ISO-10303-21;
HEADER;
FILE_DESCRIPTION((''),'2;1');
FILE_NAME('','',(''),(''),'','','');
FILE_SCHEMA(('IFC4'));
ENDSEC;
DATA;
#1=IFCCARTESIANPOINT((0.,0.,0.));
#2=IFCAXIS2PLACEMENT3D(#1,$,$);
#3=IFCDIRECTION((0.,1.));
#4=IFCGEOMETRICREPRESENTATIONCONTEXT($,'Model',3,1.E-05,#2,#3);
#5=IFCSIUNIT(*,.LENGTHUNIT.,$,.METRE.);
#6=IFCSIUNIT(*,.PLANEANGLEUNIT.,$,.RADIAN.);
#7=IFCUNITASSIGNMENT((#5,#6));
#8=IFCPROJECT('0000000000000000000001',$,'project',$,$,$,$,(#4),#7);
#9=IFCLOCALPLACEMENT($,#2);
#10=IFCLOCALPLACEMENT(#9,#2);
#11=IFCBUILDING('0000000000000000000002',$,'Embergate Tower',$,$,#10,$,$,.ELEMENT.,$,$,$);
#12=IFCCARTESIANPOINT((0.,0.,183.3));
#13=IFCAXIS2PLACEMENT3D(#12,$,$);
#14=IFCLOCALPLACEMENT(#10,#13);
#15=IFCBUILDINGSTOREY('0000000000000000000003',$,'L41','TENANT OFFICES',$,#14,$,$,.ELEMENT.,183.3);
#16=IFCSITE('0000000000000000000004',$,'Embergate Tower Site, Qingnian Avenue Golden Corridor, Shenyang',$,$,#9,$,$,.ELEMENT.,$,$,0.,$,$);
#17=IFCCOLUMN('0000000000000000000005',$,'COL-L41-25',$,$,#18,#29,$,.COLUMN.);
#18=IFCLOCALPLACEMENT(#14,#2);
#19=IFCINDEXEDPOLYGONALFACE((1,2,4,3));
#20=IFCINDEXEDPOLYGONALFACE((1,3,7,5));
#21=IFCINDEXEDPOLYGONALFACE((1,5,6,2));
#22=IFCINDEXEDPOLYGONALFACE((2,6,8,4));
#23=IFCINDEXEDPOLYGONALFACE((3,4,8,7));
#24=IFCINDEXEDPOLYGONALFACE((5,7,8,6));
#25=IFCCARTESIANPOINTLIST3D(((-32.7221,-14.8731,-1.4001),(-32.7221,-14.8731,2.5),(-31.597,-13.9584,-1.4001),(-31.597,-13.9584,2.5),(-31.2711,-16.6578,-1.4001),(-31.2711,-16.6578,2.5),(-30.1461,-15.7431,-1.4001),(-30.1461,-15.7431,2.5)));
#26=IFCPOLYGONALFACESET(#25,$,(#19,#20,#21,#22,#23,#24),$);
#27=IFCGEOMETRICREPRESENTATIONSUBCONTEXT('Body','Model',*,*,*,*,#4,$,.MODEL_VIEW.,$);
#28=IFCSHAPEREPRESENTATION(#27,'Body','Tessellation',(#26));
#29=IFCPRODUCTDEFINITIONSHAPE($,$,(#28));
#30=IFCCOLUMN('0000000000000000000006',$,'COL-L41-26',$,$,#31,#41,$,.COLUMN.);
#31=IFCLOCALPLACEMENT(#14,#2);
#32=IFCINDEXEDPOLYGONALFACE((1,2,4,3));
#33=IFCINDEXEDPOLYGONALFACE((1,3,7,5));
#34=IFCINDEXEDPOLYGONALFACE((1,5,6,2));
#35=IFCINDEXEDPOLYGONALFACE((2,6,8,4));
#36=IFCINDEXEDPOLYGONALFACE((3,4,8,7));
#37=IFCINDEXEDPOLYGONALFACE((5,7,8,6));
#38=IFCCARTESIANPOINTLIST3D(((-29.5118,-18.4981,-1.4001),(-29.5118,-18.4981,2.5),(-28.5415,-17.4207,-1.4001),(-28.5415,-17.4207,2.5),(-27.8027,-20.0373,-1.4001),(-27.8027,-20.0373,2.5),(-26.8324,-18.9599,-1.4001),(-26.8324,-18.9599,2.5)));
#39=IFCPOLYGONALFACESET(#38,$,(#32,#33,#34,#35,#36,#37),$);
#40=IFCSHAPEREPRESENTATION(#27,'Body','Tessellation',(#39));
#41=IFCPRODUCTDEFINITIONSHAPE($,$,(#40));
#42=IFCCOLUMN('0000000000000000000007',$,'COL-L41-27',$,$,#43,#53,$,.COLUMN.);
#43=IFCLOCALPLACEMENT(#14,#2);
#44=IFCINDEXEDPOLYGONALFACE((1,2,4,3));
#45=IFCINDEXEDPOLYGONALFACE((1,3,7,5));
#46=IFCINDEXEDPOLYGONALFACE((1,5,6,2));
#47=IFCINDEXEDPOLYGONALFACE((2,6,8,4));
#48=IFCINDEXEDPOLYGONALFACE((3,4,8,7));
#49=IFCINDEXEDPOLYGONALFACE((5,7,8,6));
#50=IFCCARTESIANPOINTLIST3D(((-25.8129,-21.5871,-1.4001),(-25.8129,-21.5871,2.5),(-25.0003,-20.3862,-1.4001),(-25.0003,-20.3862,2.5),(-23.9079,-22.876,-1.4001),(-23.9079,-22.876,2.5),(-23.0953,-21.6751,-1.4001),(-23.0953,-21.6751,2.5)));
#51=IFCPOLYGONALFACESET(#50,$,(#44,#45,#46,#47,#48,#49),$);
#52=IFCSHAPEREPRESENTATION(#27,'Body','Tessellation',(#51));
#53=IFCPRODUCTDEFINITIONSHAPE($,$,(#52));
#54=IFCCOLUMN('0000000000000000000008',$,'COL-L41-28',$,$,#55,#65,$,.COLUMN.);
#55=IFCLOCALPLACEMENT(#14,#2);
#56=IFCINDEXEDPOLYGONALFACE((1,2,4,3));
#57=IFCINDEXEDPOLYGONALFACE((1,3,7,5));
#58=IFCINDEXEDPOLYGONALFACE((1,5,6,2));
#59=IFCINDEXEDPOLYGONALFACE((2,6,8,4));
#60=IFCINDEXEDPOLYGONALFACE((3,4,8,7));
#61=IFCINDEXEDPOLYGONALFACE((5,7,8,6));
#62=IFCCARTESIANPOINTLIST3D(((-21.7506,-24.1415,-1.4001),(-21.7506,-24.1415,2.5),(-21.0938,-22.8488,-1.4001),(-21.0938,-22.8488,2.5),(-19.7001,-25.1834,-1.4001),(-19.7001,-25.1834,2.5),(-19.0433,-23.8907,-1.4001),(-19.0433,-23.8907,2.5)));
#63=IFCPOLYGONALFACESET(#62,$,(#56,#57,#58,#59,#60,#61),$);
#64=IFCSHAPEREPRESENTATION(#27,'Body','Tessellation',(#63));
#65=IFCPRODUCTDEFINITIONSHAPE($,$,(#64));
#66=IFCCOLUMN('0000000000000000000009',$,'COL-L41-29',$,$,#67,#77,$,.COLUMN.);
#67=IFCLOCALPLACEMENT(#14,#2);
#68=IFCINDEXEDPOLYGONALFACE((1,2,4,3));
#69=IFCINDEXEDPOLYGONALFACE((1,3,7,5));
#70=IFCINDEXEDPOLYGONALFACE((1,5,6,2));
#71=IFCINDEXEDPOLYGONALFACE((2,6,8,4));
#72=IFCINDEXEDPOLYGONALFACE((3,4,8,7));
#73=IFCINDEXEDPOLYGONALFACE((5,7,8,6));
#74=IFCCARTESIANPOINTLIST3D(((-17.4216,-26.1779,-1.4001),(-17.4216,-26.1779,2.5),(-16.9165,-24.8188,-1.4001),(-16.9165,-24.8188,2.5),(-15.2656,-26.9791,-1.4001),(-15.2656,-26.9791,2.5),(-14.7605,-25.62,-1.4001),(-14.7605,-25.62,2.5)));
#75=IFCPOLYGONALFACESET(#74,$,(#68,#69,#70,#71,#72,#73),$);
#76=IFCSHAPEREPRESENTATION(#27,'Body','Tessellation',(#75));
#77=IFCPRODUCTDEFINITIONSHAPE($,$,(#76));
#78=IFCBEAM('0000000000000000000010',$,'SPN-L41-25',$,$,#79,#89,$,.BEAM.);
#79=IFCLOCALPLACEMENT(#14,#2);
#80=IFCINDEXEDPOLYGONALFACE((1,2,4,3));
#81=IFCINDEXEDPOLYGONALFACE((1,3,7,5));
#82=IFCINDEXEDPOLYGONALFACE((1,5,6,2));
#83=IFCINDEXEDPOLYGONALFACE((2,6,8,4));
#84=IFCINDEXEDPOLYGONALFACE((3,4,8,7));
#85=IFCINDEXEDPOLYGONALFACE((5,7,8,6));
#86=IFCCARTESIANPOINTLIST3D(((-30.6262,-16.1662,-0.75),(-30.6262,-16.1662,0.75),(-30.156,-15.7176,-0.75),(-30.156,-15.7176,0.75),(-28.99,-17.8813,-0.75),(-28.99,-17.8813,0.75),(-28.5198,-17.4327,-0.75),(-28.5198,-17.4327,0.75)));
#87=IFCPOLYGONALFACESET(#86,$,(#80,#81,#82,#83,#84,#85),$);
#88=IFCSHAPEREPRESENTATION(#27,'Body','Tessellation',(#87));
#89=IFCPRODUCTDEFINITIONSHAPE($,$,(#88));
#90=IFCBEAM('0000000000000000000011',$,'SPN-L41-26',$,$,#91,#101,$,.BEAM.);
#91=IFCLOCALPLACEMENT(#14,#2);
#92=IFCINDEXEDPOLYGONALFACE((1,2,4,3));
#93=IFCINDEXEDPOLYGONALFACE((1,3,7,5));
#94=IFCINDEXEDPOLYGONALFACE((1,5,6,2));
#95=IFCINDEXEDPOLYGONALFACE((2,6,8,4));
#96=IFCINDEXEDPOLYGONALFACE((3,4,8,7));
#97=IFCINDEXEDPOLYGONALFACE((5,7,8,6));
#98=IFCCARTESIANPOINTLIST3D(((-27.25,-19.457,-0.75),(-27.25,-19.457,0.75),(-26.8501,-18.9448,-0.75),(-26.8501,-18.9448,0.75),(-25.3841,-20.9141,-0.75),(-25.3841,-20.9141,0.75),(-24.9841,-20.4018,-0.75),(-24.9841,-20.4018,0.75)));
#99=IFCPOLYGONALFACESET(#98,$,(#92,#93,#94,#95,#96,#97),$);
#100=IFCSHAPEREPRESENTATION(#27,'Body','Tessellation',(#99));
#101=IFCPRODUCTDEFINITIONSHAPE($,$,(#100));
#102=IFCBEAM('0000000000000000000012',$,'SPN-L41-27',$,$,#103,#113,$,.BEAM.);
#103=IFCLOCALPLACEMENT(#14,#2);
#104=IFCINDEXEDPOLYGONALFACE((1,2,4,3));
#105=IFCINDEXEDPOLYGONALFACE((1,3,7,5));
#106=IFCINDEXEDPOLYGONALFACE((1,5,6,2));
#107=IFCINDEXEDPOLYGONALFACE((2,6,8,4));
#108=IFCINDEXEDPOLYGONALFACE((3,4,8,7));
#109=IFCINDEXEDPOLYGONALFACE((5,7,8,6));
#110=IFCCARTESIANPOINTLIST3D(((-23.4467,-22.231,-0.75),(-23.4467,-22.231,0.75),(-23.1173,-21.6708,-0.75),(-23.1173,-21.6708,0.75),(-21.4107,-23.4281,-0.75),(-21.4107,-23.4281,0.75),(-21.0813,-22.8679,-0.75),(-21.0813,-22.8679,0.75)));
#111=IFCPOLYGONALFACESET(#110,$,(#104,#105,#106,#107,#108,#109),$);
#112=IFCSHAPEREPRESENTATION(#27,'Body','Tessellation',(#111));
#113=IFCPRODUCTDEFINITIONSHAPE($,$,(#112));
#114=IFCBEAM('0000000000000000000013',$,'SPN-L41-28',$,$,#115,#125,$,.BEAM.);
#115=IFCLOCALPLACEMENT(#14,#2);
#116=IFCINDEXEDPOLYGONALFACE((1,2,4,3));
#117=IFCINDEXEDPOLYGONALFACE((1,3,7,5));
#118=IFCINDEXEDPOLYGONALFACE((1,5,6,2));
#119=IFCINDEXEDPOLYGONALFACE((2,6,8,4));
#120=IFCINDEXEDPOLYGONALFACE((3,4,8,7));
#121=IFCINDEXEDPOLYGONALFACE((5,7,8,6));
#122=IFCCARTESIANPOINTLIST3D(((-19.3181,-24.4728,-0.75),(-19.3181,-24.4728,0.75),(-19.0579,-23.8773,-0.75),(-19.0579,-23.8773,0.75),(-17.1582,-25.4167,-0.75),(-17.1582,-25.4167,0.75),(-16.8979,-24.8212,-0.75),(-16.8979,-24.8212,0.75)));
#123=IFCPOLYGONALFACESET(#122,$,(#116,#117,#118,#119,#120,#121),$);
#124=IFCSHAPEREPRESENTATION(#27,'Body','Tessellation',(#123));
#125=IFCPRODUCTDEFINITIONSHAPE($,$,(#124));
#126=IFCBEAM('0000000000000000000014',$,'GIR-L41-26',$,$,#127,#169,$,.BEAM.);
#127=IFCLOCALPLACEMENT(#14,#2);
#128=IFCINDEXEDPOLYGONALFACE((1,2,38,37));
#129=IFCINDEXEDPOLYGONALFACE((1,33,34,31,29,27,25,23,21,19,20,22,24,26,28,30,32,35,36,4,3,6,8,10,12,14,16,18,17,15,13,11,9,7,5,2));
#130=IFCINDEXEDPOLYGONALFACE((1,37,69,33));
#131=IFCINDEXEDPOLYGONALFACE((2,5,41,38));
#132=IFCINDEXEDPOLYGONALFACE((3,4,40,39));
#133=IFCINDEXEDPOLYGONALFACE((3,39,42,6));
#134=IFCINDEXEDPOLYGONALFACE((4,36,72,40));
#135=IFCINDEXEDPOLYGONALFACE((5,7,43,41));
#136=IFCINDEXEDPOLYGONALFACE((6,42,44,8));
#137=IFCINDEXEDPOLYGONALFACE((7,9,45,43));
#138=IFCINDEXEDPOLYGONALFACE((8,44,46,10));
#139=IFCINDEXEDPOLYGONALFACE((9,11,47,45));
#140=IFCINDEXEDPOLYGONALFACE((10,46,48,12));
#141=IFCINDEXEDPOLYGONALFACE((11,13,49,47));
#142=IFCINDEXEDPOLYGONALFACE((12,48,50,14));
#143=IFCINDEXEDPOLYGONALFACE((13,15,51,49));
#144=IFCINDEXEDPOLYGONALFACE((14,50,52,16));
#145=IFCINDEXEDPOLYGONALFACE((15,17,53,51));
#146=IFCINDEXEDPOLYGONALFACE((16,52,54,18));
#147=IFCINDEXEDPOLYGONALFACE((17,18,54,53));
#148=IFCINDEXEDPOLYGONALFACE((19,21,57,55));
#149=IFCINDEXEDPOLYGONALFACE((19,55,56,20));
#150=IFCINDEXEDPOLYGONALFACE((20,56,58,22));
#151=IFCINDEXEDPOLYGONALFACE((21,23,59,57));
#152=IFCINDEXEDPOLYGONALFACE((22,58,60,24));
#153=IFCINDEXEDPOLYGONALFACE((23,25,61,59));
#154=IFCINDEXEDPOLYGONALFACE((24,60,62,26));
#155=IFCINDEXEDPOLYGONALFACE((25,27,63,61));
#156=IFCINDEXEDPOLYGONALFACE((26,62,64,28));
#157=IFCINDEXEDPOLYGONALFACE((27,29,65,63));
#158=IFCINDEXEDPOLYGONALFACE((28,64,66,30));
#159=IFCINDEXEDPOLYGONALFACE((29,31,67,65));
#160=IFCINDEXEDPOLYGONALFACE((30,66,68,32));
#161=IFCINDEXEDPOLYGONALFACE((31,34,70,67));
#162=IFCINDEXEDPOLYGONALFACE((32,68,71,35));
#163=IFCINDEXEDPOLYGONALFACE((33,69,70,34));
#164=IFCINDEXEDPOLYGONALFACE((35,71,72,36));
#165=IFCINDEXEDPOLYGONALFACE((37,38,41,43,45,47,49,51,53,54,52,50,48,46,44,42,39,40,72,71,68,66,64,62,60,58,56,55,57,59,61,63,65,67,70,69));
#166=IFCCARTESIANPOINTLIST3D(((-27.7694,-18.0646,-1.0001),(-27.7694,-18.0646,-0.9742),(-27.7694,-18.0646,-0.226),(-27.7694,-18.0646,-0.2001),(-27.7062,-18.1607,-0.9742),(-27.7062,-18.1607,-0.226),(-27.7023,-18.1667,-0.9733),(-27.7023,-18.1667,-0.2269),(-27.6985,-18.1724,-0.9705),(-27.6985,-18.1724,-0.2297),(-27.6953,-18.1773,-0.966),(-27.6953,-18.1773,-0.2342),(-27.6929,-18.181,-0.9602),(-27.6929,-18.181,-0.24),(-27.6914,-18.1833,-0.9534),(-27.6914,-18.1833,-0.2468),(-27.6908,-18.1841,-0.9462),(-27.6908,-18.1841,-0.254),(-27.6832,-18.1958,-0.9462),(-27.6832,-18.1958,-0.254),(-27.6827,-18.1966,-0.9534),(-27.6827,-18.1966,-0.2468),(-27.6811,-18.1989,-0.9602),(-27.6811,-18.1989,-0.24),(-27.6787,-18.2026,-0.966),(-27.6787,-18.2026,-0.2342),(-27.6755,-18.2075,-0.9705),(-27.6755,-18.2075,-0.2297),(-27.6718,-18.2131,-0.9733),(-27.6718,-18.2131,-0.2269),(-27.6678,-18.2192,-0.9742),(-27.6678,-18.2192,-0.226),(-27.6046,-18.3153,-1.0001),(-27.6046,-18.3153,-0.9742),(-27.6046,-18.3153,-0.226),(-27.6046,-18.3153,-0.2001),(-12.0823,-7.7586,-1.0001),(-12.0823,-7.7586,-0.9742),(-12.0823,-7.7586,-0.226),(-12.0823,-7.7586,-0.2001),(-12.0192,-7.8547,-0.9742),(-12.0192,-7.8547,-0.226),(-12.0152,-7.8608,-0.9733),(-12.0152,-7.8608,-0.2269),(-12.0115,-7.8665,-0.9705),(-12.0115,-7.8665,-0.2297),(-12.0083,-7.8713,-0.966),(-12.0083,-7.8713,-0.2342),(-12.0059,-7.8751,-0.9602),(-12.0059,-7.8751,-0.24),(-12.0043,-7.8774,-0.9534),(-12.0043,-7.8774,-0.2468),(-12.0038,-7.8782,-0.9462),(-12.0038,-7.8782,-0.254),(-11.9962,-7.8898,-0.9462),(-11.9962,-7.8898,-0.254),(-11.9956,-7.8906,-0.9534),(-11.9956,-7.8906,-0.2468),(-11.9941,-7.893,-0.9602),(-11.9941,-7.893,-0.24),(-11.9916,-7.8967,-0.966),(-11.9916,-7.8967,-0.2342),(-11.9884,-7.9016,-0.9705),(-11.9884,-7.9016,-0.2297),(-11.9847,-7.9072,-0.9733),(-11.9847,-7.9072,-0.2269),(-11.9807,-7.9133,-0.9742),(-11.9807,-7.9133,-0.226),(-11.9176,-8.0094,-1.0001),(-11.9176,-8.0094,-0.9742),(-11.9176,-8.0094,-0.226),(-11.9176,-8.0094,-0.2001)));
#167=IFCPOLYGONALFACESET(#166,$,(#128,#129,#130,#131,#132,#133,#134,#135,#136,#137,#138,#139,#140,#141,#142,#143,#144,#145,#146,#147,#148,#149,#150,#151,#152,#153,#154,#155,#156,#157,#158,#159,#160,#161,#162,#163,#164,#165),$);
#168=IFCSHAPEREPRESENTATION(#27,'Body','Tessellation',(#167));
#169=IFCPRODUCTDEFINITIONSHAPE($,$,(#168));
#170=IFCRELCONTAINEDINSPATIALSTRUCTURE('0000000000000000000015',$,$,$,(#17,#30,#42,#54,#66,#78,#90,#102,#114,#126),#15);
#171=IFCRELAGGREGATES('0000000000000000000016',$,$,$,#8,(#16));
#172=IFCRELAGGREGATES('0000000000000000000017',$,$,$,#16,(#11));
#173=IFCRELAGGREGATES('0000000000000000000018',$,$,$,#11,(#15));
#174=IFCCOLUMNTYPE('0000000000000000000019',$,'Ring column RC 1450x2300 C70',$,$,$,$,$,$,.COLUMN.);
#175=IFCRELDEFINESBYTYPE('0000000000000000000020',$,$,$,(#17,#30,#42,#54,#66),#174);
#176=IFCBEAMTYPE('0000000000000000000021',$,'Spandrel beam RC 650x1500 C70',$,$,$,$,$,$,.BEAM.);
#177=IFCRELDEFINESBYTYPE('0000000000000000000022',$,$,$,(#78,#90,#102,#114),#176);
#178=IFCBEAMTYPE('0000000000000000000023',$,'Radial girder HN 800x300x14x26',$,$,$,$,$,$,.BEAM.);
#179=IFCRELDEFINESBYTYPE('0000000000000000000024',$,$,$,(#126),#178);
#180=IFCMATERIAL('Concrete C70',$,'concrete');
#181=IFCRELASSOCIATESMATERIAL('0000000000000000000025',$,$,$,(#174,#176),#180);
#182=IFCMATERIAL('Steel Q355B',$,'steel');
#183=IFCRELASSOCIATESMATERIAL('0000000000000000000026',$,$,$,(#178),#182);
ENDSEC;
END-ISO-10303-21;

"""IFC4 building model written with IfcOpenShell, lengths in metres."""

from ifc_helpers import new_model, si_unit, direction, frame, origin, origin_2d, place, context, subcontext, project, spatial, rectangle, i_section, extrude, source, transform, mapped, material, material_profile, profile_set, type_object, element, save


model = new_model("IFC4")

# Units and contexts
model_context = context("Model", 3, precision=1e-05, world=origin(), true_north=direction((0.0, 1.0)))
body_context = subcontext(model_context, "Body", "Model", "MODEL_VIEW")
ifc_project = project(units=[si_unit("LENGTHUNIT", "METRE"), si_unit("PLANEANGLEUNIT", "RADIAN")], contexts=[model_context])

# Site, building, storey
site_placement = place(None, origin())
site = spatial("IfcSite", under=ifc_project, at=site_placement, Name="Embergate Tower Site, Qingnian Avenue Golden Corridor, Shenyang", CompositionType="ELEMENT", RefElevation=0.0)
building_placement = place(site_placement, origin())
building = spatial("IfcBuilding", under=site, at=building_placement, Name="Embergate Tower", CompositionType="ELEMENT")
storey_placement = place(building_placement, frame((0.0, 0.0, 183.3)))
storey = spatial("IfcBuildingStorey", under=building, at=storey_placement, Name="L41", Description="TENANT OFFICES", CompositionType="ELEMENT", Elevation=183.3)

# Columns
ifc_material_1 = material(Name="Concrete C70", Category="concrete")
ifc_material_profile_1 = material_profile(ifc_material_1, rectangle(XDim=1.45, YDim=2.3, at=origin_2d()), Name="RC 1450x2300")
ifc_profile_set_1 = profile_set([ifc_material_profile_1], Name="Concrete C70")
column_type = type_object("IfcColumnType", Name="Ring column RC 1450x2300 C70", PredefinedType="COLUMN", material=ifc_profile_set_1)
shared_shape_1 = source(origin(), body_context, "Body", "SweptSolid", [
    extrude(rectangle(XDim=1.45, YDim=2.3, at=origin_2d()), origin(), (0.0, 0.0, 1.0), 3.9001),
])
for number, where, z_axis, x_axis, name in (
    (1, (-31.4341, -15.3081, -1.4001), (0.0, 0.0, 1.0), (-0.775914, -0.630838, 0.0), "COL-L41-25"),
    (2, (-28.1721, -18.729, -1.4001), (0.0, 0.0, 1.0), (-0.669208, -0.743075, 0.0), "COL-L41-26"),
    (3, (-24.4541, -21.6311, -1.4001), (0.0, 0.0, 1.0), (-0.560393, -0.828227, 0.0), "COL-L41-27"),
    (4, (-20.397, -24.0161, -1.4001), (0.0, 0.0, 1.0), (-0.452995, -0.891513, 0.0), "COL-L41-28"),
    (5, (-16.0911, -25.8989, -1.4001), (0.0, 0.0, 1.0), (-0.348343, -0.937367, 0.0), "COL-L41-29"),
):
    element("IfcColumn", number, at=place(storey_placement, frame(where, z_axis=z_axis, x_axis=x_axis)), inside=storey, type_object=column_type, Name=name, PredefinedType="COLUMN", context=body_context, shape_type="MappedRepresentation", body=[
        mapped(shared_shape_1, transform((0.0, 0.0, 0.0))),
    ])

# Beams
ifc_material_profile_2 = material_profile(ifc_material_1, rectangle(XDim=0.6499, YDim=1.5, at=origin_2d()), Name="RC 650x1500")
ifc_profile_set_2 = profile_set([ifc_material_profile_2], Name="Concrete C70")
beam_type_1 = type_object("IfcBeamType", Name="Spandrel beam RC 650x1500 C70", PredefinedType="BEAM", material=ifc_profile_set_2)
shared_shape_2 = source(origin(), body_context, "Body", "SweptSolid", [
    extrude(rectangle(XDim=0.6499, YDim=1.5, at=origin_2d()), origin(), (0.0, 0.0, 1.0), 2.3704),
])
beam_1_placement = place(storey_placement, frame((-30.3911, -15.9419, 0.0), z_axis=(0.690277, -0.723545, 0.0), x_axis=(0.723545, 0.690277, 0.0)))
element("IfcBeam", 6, at=beam_1_placement, inside=storey, type_object=beam_type_1, Name="SPN-L41-25", PredefinedType="BEAM", context=body_context, shape_type="MappedRepresentation", body=[
    mapped(shared_shape_2, transform((0.0, 0.0, 0.0))),
])
shared_shape_3 = source(origin(), body_context, "Body", "SweptSolid", [
    extrude(rectangle(XDim=0.6499, YDim=1.5, at=origin_2d()), origin(), (0.0, 0.0, 1.0), 2.3674),
])
beam_2_placement = place(storey_placement, frame((-27.05, -19.2009, 0.0), z_axis=(0.788179, -0.615446, 0.0), x_axis=(0.615446, 0.788179, 0.0)))
element("IfcBeam", 7, at=beam_2_placement, inside=storey, type_object=beam_type_1, Name="SPN-L41-26", PredefinedType="BEAM", context=body_context, shape_type="MappedRepresentation", body=[
    mapped(shared_shape_3, transform((0.0, 0.0, 0.0))),
])
shared_shape_4 = source(origin(), body_context, "Body", "SweptSolid", [
    extrude(rectangle(XDim=0.6499, YDim=1.5, at=origin_2d()), origin(), (0.0, 0.0, 1.0), 2.3618),
])
beam_3_placement = place(storey_placement, frame((-23.282, -21.9509, 0.0), z_axis=(0.862038, -0.506844, 0.0), x_axis=(0.506844, 0.862038, 0.0)))
element("IfcBeam", 8, at=beam_3_placement, inside=storey, type_object=beam_type_1, Name="SPN-L41-27", PredefinedType="BEAM", context=body_context, shape_type="MappedRepresentation", body=[
    mapped(shared_shape_4, transform((0.0, 0.0, 0.0))),
])
shared_shape_5 = source(origin(), body_context, "Body", "SweptSolid", [
    extrude(rectangle(XDim=0.6499, YDim=1.5, at=origin_2d()), origin(), (0.0, 0.0, 1.0), 2.3572),
])
beam_4_placement = place(storey_placement, frame((-19.188, -24.175, 0.0), z_axis=(0.916331, -0.400422, 0.0), x_axis=(0.400422, 0.916331, 0.0)))
element("IfcBeam", 9, at=beam_4_placement, inside=storey, type_object=beam_type_1, Name="SPN-L41-28", PredefinedType="BEAM", context=body_context, shape_type="MappedRepresentation", body=[
    mapped(shared_shape_5, transform((0.0, 0.0, 0.0))),
])
ifc_material_2 = material(Name="Steel Q355B", Category="steel")
ifc_material_profile_3 = material_profile(ifc_material_2, i_section(OverallWidth=0.3, OverallDepth=0.8, WebThickness=0.0139, FlangeThickness=0.0259, FilletRadius=0.0281, at=origin_2d()), Name="HN 800x300x14x26")
ifc_profile_set_3 = profile_set([ifc_material_profile_3], Name="Steel Q355 grade B")
beam_type_2 = type_object("IfcBeamType", Name="Radial girder HN 800x300x14x26", PredefinedType="BEAM", material=ifc_profile_set_3)
shared_shape_6 = source(origin(), body_context, "Body", "SweptSolid", [
    extrude(i_section(OverallWidth=0.3, OverallDepth=0.8, WebThickness=0.0139, FlangeThickness=0.0259, FilletRadius=0.0281, at=origin_2d()), origin(), (0.0, 0.0, 1.0), 18.7695),
])
beam_5_placement = place(storey_placement, frame((-27.687, -18.1899, -0.6001), z_axis=(0.835771, 0.549077, 0.0), x_axis=(-0.549077, 0.835771, 0.0)))
element("IfcBeam", 10, at=beam_5_placement, inside=storey, type_object=beam_type_2, Name="GIR-L41-26", PredefinedType="BEAM", context=body_context, shape_type="MappedRepresentation", body=[
    mapped(shared_shape_6, transform((0.0, 0.0, 0.0))),
])

save(model, "model.ifc")
